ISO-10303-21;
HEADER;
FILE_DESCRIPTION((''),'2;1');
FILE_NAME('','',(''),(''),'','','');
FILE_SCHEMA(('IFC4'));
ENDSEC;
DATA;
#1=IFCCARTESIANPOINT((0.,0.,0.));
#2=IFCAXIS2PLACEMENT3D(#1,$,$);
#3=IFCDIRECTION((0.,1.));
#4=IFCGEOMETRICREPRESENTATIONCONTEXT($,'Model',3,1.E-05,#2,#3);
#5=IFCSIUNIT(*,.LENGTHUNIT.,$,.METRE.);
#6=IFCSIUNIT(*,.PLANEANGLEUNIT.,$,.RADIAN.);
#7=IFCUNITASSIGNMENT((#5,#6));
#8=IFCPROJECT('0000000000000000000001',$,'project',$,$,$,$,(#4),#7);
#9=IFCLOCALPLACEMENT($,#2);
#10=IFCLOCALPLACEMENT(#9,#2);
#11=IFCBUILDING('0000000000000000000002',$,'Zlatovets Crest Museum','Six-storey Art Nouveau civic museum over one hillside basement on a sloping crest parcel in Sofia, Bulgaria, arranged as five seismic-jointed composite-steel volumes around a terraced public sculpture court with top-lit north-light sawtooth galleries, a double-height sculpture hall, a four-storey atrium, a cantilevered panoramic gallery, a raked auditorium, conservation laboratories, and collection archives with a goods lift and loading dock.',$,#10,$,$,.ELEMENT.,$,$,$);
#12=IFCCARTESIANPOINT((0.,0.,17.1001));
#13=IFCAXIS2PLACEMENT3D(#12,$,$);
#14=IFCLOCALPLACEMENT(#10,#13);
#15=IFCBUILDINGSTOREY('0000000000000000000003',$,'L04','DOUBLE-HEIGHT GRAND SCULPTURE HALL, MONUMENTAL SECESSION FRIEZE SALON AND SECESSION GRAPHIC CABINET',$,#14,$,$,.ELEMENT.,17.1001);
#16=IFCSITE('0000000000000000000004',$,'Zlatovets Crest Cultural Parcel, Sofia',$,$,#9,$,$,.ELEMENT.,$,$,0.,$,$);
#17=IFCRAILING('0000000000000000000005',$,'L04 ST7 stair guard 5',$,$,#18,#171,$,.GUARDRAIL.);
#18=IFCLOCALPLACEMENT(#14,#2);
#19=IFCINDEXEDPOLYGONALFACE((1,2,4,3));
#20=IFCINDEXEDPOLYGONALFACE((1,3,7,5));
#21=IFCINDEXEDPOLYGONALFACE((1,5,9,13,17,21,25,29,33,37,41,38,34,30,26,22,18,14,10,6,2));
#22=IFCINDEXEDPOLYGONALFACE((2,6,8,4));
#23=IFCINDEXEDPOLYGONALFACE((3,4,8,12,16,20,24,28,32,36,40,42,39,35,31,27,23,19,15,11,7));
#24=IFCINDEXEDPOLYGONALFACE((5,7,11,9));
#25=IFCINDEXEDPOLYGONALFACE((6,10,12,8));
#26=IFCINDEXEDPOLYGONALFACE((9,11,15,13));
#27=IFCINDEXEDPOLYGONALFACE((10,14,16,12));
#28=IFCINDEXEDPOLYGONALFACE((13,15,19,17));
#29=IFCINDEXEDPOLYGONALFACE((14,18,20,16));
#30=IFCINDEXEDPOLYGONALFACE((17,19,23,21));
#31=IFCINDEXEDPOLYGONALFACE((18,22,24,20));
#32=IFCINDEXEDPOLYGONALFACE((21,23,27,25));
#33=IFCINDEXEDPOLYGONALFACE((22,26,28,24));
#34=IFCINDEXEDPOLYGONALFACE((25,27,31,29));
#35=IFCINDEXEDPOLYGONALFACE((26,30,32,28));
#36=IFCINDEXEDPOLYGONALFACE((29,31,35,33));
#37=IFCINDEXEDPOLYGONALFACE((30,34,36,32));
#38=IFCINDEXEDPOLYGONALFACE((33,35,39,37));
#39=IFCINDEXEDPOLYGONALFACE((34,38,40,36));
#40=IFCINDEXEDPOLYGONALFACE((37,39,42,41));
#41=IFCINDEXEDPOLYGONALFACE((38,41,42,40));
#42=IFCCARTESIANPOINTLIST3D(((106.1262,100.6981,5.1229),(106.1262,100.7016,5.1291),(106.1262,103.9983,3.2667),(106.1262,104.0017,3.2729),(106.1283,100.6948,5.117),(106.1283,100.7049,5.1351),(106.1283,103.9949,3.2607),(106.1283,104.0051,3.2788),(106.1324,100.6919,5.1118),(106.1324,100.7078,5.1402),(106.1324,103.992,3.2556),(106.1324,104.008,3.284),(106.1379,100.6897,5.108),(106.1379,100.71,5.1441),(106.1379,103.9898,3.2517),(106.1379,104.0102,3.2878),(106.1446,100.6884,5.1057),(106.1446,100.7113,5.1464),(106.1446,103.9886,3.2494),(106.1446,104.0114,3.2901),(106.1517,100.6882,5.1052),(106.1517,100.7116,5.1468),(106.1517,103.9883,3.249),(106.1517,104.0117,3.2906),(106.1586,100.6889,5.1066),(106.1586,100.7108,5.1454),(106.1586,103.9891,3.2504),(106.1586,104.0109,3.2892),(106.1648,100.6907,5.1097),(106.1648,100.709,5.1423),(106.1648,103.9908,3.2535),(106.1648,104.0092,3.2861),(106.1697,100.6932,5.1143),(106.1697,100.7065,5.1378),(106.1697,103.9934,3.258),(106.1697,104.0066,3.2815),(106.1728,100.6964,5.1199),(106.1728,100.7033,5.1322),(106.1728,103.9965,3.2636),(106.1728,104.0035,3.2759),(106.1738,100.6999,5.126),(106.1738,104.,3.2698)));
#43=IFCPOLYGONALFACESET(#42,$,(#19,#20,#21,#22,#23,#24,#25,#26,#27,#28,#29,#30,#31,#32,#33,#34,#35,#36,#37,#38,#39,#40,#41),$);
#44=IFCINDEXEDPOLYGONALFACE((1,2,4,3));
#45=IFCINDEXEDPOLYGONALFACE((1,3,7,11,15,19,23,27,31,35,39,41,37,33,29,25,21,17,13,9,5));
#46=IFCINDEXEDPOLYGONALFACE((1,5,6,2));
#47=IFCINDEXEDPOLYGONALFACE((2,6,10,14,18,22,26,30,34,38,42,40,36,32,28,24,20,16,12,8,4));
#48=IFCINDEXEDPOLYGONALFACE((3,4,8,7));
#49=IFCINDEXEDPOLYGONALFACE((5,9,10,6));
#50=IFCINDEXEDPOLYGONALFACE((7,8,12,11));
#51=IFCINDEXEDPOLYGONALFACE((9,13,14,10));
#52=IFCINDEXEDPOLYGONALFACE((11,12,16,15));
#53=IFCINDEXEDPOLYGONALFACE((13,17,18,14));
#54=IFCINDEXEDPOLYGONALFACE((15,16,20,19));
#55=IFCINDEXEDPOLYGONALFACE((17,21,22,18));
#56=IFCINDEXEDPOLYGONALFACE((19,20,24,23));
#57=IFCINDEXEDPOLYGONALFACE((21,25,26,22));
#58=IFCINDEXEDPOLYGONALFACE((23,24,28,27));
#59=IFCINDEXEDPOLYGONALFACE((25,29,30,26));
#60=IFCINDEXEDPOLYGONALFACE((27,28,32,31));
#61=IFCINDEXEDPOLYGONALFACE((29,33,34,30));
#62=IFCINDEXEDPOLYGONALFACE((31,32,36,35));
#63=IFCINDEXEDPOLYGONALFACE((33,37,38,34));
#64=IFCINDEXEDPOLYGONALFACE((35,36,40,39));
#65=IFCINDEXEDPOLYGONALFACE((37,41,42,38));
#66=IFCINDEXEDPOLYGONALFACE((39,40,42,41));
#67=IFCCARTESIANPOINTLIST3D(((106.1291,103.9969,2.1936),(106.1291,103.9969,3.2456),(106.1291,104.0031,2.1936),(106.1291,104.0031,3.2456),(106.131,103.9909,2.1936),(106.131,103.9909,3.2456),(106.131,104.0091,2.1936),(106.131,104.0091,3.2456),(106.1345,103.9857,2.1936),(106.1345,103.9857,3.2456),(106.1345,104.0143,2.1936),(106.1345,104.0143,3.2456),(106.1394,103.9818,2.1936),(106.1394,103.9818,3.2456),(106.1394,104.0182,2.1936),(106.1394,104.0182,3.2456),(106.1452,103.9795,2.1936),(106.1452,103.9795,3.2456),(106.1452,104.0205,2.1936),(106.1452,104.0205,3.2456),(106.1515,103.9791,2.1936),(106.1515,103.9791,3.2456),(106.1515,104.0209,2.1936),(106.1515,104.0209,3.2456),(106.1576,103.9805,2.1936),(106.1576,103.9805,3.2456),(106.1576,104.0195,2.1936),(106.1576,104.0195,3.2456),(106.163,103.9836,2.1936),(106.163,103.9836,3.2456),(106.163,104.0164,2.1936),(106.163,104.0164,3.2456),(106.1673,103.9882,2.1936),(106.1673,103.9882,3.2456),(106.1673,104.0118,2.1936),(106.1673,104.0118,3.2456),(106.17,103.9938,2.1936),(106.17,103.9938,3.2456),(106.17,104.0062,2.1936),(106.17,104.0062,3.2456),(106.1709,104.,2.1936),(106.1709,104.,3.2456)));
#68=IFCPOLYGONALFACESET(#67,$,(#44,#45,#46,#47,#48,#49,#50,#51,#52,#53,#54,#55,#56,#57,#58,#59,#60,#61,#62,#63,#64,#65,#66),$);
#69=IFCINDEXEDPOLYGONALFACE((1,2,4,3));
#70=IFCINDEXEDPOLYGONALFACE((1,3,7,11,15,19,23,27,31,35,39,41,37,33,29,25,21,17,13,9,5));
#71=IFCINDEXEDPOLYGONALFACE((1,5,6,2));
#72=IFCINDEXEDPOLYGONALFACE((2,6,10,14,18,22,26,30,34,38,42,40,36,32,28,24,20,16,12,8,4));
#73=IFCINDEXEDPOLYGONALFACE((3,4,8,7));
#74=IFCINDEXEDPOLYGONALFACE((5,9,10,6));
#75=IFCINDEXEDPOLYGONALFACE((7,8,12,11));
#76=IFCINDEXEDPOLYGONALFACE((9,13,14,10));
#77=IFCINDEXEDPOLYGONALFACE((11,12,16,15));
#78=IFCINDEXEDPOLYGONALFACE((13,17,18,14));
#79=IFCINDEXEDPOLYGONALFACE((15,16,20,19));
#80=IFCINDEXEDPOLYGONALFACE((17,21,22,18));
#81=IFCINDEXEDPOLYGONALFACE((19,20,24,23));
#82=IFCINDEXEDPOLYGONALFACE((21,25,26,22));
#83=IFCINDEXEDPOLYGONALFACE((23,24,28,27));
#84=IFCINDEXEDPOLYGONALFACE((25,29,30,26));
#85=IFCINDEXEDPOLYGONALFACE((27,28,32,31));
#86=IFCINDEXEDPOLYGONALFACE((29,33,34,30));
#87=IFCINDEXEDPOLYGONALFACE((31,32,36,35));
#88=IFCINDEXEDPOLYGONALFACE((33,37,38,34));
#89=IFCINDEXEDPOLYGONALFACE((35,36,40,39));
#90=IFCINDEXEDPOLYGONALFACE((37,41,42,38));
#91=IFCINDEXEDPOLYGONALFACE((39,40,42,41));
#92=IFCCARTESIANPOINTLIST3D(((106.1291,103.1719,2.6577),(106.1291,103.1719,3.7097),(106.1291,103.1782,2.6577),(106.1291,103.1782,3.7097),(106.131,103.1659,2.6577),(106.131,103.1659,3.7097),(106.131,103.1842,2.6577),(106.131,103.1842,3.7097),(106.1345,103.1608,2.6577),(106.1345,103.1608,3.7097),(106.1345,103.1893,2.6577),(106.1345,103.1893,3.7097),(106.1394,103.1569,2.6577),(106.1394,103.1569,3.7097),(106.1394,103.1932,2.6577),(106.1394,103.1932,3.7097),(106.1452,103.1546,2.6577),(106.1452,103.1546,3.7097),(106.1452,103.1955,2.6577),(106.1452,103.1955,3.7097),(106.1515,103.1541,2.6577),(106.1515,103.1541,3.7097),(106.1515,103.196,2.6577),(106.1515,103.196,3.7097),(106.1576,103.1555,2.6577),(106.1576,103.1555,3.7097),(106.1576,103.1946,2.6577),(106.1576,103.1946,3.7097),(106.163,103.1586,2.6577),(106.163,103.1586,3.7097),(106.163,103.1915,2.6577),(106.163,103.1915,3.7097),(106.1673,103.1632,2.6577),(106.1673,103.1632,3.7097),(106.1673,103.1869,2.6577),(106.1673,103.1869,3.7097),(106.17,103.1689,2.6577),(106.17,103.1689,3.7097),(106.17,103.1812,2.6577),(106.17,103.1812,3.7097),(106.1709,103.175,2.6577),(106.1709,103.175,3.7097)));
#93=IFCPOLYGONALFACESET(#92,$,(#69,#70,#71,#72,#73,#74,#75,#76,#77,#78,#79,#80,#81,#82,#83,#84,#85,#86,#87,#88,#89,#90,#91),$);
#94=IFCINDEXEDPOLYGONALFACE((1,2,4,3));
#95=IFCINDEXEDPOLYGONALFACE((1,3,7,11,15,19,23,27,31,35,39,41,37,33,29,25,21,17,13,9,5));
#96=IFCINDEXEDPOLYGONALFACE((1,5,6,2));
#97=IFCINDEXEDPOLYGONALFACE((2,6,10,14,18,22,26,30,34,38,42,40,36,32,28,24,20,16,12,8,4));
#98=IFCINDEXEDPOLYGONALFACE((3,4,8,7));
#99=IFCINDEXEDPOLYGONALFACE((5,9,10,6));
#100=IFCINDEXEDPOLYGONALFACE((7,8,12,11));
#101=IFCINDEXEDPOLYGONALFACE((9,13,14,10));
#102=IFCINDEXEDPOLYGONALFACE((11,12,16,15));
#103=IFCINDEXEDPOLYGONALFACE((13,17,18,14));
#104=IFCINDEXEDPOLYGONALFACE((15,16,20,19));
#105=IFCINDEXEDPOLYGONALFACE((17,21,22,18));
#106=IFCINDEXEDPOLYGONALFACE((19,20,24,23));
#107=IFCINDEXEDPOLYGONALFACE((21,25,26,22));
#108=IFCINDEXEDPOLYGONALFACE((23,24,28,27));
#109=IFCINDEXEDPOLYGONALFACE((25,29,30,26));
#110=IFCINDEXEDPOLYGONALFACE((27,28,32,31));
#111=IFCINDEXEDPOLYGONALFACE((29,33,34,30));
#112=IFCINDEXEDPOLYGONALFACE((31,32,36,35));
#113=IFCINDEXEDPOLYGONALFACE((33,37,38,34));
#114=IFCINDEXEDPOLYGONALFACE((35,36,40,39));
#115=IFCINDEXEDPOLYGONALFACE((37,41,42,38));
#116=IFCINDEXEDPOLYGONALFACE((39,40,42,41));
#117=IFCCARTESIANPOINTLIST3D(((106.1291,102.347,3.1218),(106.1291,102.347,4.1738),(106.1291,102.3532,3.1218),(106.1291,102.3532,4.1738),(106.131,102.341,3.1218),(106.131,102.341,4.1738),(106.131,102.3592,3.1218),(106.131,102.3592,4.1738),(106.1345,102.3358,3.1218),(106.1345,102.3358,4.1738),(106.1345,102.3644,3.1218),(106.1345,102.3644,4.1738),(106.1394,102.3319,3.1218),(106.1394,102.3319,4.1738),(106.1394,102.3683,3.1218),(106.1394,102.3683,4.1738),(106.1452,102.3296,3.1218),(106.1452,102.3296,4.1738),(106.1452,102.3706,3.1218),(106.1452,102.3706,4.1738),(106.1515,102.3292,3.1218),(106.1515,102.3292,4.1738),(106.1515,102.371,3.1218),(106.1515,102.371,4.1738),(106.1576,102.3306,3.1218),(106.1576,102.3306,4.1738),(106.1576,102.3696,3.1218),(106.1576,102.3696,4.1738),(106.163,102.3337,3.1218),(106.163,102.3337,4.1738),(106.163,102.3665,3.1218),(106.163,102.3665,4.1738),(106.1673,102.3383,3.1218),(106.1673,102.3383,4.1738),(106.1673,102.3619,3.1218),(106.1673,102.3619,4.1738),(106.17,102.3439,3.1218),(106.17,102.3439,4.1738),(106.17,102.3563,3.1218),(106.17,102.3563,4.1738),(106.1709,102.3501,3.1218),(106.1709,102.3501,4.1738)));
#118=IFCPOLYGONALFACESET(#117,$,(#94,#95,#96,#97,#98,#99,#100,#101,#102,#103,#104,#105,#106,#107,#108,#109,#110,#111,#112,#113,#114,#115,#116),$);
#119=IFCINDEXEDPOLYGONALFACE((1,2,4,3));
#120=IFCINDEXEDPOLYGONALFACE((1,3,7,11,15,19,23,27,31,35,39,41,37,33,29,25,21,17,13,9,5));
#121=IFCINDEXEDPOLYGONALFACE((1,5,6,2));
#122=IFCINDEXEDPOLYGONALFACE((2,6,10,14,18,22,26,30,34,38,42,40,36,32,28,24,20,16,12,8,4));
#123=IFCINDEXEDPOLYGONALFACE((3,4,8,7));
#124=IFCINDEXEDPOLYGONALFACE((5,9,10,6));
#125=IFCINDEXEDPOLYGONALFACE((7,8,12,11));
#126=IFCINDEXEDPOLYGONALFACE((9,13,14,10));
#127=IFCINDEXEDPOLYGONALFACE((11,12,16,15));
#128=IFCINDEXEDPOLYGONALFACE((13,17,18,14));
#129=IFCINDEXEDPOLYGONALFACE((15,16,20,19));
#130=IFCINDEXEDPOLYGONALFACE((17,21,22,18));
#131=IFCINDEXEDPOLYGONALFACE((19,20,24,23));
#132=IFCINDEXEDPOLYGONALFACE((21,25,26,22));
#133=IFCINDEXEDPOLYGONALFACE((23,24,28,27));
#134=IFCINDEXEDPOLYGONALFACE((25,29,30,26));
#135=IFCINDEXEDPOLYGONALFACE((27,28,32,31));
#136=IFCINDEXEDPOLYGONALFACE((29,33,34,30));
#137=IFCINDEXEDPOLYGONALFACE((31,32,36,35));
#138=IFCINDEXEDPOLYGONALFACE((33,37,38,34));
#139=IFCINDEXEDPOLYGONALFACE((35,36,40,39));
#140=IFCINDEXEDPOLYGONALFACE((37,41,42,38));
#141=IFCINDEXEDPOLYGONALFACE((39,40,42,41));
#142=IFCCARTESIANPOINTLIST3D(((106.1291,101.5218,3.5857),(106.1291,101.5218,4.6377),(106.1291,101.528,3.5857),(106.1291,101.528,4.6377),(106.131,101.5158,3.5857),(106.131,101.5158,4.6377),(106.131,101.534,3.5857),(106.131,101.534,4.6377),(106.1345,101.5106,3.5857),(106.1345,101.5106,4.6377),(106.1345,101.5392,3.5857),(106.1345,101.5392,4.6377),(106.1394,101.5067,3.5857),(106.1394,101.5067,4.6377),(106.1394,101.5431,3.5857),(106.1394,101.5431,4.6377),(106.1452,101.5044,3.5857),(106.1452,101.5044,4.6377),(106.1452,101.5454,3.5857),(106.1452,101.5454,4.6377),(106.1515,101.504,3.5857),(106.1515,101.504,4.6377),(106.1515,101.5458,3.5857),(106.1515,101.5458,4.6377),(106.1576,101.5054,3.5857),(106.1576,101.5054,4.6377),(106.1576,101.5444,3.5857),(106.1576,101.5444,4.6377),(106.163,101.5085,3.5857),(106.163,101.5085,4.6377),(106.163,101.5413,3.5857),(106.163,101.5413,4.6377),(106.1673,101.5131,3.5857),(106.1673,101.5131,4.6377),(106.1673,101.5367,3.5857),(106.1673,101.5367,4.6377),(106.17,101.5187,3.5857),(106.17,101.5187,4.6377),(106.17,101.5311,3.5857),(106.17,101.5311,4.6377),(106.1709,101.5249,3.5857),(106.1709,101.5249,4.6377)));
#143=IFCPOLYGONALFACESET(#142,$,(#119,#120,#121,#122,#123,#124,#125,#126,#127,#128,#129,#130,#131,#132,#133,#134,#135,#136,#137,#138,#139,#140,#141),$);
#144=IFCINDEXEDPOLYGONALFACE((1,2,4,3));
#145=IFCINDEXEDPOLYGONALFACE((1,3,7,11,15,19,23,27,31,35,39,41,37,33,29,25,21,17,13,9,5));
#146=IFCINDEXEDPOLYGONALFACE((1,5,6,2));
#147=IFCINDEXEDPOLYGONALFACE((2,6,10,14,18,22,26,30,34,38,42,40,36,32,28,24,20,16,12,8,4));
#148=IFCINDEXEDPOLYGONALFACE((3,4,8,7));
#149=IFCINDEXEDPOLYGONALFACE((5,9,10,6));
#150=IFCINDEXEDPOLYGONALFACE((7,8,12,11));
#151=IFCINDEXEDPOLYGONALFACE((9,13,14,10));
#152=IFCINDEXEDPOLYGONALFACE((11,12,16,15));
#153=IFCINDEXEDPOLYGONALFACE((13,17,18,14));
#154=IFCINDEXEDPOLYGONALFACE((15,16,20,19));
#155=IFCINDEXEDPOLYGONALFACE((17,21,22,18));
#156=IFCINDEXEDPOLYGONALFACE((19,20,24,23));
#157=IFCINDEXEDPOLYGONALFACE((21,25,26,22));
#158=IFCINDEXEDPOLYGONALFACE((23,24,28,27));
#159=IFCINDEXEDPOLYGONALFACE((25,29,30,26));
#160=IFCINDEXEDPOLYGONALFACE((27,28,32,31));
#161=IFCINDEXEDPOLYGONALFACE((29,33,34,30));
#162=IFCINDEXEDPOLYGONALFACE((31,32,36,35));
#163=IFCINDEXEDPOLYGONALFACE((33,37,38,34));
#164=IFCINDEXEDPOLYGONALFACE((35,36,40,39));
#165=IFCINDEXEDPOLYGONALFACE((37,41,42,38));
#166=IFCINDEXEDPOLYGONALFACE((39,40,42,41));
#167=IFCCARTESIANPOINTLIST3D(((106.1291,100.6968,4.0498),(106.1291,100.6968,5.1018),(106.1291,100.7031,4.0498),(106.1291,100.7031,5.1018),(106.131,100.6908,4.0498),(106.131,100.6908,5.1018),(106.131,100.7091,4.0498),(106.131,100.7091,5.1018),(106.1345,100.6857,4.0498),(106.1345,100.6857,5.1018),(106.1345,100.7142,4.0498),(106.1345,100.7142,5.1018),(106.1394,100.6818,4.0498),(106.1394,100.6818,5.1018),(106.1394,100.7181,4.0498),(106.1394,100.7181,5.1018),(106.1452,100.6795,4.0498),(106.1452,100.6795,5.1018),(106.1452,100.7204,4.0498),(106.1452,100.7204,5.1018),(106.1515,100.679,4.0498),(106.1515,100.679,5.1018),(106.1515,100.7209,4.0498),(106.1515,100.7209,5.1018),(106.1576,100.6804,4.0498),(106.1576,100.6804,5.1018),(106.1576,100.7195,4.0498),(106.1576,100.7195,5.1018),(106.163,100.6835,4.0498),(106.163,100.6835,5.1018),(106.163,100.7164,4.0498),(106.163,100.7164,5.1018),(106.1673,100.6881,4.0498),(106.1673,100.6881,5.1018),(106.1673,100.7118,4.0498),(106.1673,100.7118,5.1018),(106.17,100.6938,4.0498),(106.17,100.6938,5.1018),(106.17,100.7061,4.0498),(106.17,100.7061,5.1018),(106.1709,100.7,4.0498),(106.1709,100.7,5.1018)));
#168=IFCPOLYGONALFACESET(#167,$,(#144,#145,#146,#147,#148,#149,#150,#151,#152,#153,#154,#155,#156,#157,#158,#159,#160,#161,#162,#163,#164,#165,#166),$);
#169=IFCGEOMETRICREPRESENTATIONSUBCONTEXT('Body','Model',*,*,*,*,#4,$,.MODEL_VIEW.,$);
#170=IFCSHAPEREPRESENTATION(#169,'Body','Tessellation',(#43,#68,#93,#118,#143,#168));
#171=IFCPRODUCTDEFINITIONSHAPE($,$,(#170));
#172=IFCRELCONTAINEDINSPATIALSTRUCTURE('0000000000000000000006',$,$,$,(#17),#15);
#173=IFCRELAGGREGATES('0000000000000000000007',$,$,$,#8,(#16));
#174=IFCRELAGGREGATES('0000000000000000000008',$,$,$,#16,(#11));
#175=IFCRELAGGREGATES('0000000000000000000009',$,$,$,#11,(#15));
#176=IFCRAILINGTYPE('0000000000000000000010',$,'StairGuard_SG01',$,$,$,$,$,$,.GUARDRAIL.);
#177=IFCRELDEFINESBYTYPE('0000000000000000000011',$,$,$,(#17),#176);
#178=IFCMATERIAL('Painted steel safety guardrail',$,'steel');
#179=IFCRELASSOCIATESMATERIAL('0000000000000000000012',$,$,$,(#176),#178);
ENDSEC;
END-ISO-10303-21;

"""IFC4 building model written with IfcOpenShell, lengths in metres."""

from ifc_helpers import new_model, si_unit, direction, frame, origin, origin_2d, place, context, subcontext, project, spatial, circle, extrude, material, type_object, element, save


model = new_model("IFC4")

# Units and contexts
model_context = context("Model", 3, precision=1e-05, world=origin(), true_north=direction((0.0, 1.0)))
body_context = subcontext(model_context, "Body", "Model", "MODEL_VIEW")
ifc_project = project(units=[si_unit("LENGTHUNIT", "METRE"), si_unit("PLANEANGLEUNIT", "RADIAN")], contexts=[model_context])

# Site, building, storey
site_placement = place(None, origin())
site = spatial("IfcSite", under=ifc_project, at=site_placement, Name="Zlatovets Crest Cultural Parcel, Sofia", CompositionType="ELEMENT", RefElevation=0.0)
building_placement = place(site_placement, origin())
building = spatial("IfcBuilding", under=site, at=building_placement, Name="Zlatovets Crest Museum", Description="Six-storey Art Nouveau civic museum over one hillside basement on a sloping crest parcel in Sofia, Bulgaria, arranged as five seismic-jointed composite-steel volumes around a terraced public sculpture court with top-lit north-light sawtooth galleries, a double-height sculpture hall, a four-storey atrium, a cantilevered panoramic gallery, a raked auditorium, conservation laboratories, and collection archives with a goods lift and loading dock.", CompositionType="ELEMENT")
storey_placement = place(building_placement, frame((0.0, 0.0, 17.1001)))
storey = spatial("IfcBuildingStorey", under=building, at=storey_placement, Name="L04", Description="DOUBLE-HEIGHT GRAND SCULPTURE HALL, MONUMENTAL SECESSION FRIEZE SALON AND SECESSION GRAPHIC CABINET", CompositionType="ELEMENT", Elevation=17.1001)

# Railing
ifc_material_1 = material(Name="Painted steel safety guardrail", Category="steel")
railing_type_1 = type_object("IfcRailingType", Name="StairGuard_SG01", PredefinedType="GUARDRAIL", material=ifc_material_1)
railing_1_placement = place(storey_placement, frame((106.1499, 104.0, 2.1936)))
element("IfcRailing", 1, at=railing_1_placement, inside=storey, type_object=railing_type_1, Name="L04 ST7 stair guard 5", PredefinedType="GUARDRAIL", context=body_context, shape_type="SweptSolid", body=[
    extrude(circle(Radius=0.0239, at=origin_2d()), frame((0.0, 0.0, 1.0762), z_axis=(0.0, -0.871584, 0.490246), x_axis=(1.0, 0.0, 0.0)), (0.0, 0.0, 1.0), 3.7864),
    extrude(circle(Radius=0.021, at=origin_2d()), origin(), (0.0, 0.0, 1.0), 1.052),
    extrude(circle(Radius=0.021, at=origin_2d()), frame((0.0, -0.825, 0.4641)), (0.0, 0.0, 1.0), 1.052),
    extrude(circle(Radius=0.021, at=origin_2d()), frame((0.0, -1.6499, 0.9282)), (0.0, 0.0, 1.0), 1.052),
    extrude(circle(Radius=0.021, at=origin_2d()), frame((0.0, -2.4751, 1.3921)), (0.0, 0.0, 1.0), 1.052),
    extrude(circle(Radius=0.021, at=origin_2d()), frame((0.0, -3.3, 1.8562)), (0.0, 0.0, 1.0), 1.052),
])

save(model, "model.ifc")
